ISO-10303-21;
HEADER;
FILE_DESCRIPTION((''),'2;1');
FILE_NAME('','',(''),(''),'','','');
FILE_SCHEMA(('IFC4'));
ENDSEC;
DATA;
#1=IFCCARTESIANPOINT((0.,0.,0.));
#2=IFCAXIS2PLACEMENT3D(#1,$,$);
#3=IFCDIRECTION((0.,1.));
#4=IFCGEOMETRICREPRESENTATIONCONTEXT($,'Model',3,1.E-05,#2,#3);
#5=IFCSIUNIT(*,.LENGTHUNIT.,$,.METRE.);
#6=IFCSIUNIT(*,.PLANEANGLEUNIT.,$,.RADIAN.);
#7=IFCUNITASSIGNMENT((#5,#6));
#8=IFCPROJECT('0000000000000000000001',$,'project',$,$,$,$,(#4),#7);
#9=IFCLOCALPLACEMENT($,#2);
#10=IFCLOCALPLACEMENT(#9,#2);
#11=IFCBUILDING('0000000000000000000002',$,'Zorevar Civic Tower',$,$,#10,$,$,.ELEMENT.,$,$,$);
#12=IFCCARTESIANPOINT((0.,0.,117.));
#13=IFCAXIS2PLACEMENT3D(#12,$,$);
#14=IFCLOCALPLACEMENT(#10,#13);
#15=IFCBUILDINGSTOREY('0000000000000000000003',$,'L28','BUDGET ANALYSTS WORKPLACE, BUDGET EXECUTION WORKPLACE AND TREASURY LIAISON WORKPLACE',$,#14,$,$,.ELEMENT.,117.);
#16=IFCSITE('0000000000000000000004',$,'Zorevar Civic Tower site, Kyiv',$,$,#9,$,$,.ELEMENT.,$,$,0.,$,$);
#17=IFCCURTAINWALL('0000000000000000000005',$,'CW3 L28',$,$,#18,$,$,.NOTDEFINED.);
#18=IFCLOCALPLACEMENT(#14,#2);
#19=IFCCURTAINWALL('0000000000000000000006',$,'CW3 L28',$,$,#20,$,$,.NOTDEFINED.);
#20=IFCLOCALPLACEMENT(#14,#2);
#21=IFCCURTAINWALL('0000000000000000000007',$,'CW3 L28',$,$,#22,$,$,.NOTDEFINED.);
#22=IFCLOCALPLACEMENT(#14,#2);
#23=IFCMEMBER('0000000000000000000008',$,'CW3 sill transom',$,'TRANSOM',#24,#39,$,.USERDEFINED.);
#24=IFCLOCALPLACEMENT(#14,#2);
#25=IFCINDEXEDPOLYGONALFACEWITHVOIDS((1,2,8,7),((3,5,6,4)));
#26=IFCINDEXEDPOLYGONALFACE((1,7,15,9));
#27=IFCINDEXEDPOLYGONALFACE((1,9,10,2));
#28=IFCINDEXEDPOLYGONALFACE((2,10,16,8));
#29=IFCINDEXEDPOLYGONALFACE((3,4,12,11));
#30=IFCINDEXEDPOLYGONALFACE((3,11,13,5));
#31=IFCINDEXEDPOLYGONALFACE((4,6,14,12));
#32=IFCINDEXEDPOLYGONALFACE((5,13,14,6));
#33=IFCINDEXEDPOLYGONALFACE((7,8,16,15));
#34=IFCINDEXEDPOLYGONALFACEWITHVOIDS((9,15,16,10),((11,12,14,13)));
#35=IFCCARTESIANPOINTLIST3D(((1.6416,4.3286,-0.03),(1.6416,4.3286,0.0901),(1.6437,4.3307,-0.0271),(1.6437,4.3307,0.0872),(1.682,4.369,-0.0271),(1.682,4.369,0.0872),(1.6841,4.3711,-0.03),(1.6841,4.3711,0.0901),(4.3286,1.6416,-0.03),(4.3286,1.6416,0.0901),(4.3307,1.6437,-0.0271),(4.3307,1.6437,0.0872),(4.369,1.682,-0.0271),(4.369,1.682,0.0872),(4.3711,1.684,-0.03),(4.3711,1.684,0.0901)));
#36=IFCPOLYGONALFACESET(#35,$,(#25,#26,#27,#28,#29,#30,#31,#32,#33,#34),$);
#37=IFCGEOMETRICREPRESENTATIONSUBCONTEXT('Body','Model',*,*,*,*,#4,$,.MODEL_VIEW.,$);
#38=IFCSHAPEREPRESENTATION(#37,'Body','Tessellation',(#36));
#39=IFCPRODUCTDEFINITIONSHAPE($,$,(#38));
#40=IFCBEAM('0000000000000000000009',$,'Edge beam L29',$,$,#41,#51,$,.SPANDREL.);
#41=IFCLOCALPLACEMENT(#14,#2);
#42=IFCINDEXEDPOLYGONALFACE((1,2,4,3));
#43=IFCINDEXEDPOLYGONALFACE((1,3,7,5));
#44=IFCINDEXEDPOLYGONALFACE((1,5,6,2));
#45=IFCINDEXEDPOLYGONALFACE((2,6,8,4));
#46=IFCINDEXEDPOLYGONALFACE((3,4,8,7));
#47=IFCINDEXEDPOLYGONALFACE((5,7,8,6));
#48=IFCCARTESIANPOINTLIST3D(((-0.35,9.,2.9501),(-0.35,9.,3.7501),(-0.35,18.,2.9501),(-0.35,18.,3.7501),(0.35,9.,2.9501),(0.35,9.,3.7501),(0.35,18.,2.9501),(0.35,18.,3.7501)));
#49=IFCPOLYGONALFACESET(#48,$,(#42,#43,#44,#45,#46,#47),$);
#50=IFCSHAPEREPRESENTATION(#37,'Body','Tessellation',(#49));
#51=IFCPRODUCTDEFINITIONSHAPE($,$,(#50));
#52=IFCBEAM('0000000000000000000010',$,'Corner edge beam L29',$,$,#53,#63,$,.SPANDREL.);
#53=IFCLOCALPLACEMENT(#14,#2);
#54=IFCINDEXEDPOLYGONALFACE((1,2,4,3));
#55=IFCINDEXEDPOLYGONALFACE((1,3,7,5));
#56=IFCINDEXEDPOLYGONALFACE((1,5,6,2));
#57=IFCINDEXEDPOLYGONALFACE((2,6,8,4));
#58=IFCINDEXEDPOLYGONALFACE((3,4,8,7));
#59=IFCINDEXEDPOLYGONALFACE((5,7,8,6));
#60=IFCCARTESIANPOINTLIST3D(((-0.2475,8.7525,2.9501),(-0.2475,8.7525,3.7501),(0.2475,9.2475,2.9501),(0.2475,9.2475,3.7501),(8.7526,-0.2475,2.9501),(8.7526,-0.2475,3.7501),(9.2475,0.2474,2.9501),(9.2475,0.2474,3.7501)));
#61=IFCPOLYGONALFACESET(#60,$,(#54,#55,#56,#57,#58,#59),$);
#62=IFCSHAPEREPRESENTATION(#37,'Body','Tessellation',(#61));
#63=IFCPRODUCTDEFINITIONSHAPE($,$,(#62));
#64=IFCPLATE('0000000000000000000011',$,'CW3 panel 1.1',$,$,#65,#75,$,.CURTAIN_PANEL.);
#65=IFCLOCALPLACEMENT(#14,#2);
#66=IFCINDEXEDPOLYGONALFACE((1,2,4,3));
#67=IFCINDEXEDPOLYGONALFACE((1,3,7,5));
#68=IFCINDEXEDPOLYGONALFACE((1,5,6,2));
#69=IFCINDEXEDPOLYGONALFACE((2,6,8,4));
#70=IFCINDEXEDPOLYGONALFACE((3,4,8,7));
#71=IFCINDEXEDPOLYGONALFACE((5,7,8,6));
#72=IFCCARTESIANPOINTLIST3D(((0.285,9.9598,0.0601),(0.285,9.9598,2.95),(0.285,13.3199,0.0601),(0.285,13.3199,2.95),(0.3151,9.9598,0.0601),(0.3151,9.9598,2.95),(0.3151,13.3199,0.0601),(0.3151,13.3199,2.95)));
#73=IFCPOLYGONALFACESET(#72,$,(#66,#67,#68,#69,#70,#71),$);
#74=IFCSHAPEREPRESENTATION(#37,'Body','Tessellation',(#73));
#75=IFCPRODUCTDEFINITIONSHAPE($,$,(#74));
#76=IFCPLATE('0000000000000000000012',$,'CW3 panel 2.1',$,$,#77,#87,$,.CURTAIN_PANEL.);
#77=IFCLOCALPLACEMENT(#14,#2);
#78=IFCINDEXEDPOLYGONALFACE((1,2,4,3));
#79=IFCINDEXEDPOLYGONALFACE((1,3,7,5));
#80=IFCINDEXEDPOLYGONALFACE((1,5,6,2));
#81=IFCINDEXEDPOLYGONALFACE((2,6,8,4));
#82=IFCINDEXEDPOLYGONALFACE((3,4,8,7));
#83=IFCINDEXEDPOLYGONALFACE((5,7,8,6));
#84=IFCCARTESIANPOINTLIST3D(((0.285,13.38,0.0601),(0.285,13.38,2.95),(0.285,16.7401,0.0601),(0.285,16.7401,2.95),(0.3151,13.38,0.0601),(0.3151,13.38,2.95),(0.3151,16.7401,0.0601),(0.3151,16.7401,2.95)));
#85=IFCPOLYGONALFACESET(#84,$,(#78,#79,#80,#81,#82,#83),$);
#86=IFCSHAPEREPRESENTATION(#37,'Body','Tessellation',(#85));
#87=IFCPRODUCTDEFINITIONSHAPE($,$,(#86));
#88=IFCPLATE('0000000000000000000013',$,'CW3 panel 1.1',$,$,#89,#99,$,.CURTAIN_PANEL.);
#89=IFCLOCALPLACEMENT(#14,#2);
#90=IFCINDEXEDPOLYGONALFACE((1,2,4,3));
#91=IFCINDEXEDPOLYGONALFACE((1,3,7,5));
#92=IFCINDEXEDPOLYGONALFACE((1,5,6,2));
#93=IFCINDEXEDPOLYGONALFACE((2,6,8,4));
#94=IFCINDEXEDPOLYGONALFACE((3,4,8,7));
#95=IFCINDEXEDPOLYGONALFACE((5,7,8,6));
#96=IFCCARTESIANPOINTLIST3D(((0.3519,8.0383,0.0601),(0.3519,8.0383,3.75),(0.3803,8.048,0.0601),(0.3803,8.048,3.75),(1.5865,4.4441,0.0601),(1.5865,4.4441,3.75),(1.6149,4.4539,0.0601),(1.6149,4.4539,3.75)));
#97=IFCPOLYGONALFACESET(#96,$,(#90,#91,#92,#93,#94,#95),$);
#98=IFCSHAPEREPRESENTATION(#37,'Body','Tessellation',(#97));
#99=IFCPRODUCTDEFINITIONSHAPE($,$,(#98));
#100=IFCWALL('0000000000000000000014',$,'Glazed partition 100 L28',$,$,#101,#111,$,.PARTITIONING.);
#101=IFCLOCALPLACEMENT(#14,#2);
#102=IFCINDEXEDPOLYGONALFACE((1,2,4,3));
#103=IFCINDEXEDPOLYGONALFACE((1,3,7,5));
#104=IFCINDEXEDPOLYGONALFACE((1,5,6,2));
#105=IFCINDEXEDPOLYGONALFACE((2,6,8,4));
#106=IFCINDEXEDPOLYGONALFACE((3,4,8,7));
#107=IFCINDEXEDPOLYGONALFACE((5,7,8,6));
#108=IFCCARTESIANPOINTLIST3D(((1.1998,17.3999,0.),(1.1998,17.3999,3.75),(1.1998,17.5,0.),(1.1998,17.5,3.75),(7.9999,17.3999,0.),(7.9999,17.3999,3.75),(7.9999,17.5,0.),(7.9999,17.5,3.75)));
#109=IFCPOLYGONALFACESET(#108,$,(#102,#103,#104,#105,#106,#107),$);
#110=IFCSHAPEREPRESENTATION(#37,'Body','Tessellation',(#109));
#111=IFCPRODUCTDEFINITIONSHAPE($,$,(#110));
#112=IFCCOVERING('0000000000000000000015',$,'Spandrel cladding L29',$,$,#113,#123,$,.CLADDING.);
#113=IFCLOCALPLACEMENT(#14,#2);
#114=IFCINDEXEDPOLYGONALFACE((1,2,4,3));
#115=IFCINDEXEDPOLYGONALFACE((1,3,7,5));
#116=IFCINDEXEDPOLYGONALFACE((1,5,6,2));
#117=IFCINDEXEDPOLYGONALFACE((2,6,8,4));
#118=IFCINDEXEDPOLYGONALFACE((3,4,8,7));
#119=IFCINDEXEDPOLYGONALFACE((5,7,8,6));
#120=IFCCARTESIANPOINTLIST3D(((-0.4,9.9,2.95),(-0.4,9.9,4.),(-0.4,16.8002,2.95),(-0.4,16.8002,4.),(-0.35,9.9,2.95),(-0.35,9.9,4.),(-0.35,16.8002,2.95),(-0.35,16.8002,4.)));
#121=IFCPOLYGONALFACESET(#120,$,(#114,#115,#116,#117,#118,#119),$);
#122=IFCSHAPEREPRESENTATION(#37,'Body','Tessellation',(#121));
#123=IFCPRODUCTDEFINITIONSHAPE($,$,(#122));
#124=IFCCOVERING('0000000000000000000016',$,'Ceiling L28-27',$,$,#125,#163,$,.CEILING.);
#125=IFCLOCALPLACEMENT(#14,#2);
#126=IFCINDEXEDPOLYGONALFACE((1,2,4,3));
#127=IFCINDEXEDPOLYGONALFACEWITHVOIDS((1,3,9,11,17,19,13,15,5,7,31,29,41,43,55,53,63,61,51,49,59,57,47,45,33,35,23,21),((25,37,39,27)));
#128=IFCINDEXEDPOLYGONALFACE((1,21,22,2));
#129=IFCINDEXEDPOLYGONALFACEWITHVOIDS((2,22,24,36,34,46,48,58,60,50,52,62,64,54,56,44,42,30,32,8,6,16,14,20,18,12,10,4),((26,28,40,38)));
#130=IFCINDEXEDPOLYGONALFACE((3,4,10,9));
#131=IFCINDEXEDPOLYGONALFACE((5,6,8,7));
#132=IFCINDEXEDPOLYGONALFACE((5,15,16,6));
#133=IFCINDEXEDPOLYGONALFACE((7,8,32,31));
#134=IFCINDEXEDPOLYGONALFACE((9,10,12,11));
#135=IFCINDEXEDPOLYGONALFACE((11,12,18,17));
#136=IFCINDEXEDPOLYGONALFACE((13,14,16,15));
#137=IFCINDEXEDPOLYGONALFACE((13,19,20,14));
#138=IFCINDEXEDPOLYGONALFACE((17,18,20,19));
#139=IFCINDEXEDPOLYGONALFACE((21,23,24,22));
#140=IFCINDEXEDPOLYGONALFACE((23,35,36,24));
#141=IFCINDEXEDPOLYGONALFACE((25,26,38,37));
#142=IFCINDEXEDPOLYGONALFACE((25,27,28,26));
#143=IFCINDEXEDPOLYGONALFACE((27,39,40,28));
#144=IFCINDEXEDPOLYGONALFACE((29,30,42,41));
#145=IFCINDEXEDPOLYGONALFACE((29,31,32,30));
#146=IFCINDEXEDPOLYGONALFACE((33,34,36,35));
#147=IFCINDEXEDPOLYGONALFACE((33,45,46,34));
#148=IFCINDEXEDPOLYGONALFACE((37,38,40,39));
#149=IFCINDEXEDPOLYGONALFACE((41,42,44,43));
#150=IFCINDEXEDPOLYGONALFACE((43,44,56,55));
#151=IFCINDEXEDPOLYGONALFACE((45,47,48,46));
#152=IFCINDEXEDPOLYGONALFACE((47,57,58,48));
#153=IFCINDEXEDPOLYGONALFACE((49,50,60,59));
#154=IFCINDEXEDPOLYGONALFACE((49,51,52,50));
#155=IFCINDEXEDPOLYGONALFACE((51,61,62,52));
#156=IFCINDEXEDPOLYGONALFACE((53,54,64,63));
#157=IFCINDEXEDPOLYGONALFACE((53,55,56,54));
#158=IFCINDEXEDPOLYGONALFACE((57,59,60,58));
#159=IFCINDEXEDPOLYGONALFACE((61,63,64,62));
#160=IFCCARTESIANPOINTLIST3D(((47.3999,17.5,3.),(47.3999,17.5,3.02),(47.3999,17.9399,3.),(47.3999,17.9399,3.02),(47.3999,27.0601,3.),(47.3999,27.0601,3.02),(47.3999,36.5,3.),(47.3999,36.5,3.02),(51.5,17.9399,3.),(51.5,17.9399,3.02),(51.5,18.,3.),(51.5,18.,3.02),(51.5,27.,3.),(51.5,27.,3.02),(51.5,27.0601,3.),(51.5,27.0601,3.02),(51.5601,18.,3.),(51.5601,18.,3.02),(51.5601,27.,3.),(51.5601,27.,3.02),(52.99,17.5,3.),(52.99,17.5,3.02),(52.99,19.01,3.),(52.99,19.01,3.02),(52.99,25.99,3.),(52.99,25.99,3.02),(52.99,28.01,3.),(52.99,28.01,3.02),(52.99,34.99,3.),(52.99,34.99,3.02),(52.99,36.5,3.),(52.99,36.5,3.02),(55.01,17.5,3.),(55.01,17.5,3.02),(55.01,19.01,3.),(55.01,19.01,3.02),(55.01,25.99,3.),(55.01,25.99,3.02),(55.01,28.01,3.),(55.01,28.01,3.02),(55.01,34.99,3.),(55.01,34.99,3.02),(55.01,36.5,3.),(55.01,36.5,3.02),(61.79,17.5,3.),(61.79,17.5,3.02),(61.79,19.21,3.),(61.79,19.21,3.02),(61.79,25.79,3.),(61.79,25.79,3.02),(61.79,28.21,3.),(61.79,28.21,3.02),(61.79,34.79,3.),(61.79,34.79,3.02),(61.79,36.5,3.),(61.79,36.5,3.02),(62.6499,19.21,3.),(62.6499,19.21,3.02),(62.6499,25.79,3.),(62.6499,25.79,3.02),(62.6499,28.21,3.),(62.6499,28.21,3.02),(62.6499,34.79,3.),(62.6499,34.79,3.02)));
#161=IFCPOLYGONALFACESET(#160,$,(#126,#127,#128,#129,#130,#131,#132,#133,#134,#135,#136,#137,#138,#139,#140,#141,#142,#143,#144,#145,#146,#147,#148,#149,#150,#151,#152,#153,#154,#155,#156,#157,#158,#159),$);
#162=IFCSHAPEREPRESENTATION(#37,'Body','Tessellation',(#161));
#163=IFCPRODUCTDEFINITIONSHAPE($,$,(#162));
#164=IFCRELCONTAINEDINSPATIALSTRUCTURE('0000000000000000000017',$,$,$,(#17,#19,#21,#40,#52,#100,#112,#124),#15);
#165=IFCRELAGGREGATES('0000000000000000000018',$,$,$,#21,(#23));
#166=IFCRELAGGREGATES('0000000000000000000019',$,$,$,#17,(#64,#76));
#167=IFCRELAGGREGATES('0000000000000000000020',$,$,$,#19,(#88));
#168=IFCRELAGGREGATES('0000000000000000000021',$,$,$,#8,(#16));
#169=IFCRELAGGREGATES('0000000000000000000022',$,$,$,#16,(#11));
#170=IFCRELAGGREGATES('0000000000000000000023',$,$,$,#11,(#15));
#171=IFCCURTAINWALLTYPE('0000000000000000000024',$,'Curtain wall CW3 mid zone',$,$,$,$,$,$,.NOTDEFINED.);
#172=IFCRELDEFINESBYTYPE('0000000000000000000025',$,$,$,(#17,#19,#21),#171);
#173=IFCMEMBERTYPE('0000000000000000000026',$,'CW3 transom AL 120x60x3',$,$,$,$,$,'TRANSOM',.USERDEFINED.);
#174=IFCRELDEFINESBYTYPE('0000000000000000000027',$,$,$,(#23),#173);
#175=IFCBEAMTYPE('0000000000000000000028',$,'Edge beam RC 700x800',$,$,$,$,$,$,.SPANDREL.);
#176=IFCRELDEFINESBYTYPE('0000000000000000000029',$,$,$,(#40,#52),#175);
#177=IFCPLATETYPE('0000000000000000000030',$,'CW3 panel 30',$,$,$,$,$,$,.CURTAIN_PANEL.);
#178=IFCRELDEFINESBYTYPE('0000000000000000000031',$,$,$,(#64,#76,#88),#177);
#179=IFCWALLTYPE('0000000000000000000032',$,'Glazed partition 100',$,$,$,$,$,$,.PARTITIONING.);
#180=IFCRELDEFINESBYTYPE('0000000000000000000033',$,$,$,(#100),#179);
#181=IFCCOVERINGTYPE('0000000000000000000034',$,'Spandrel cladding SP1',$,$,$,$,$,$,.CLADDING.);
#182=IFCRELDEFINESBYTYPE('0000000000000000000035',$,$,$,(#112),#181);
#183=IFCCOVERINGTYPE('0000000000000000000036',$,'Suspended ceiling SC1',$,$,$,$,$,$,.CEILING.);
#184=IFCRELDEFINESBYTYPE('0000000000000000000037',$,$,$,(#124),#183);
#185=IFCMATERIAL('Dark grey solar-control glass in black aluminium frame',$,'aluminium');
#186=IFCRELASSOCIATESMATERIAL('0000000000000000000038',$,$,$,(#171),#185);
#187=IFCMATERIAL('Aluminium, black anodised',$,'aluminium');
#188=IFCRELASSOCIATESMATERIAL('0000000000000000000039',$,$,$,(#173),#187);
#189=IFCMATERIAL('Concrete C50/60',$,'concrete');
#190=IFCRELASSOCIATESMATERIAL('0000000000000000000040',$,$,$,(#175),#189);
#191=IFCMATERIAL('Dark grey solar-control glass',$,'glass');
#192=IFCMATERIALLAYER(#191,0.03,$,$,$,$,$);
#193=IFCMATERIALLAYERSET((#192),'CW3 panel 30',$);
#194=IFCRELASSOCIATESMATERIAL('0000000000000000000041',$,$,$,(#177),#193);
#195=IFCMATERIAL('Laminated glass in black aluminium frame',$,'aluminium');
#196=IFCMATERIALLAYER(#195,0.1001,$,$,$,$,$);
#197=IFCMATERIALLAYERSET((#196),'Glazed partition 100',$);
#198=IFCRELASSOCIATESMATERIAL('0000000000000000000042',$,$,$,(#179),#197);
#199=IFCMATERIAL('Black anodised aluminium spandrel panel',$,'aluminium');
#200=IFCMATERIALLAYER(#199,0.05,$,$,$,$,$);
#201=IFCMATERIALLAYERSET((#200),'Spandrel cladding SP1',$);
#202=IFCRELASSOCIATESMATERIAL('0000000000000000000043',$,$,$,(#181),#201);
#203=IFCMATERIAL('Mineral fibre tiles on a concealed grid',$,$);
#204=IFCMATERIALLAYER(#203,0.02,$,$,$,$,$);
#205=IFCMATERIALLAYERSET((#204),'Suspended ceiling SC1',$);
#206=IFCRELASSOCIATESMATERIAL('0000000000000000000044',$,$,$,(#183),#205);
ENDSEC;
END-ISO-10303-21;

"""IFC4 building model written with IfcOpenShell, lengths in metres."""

from ifc_helpers import new_model, si_unit, direction, frame, frame_2d, origin, origin_2d, place, context, subcontext, project, spatial, polyline, rectangle, hollow_rectangle, outline, extrude, material, layer, layer_set, material_profile, profile_set, type_object, element, aggregate, save


model = new_model("IFC4")

# Units and contexts
model_context = context("Model", 3, precision=1e-05, world=origin(), true_north=direction((0.0, 1.0)))
body_context = subcontext(model_context, "Body", "Model", "MODEL_VIEW")
ifc_project = project(units=[si_unit("LENGTHUNIT", "METRE"), si_unit("PLANEANGLEUNIT", "RADIAN")], contexts=[model_context])

# Site, building, storey
site_placement = place(None, origin())
site = spatial("IfcSite", under=ifc_project, at=site_placement, Name="Zorevar Civic Tower site, Kyiv", CompositionType="ELEMENT", RefElevation=0.0)
building_placement = place(site_placement, origin())
building = spatial("IfcBuilding", under=site, at=building_placement, Name="Zorevar Civic Tower", CompositionType="ELEMENT")
storey_placement = place(building_placement, frame((0.0, 0.0, 117.0)))
storey = spatial("IfcBuildingStorey", under=building, at=storey_placement, Name="L28", Description="BUDGET ANALYSTS WORKPLACE, BUDGET EXECUTION WORKPLACE AND TREASURY LIAISON WORKPLACE", CompositionType="ELEMENT", Elevation=117.0)

# Curtain walls
ifc_material_1 = material(Name="Dark grey solar-control glass in black aluminium frame", Category="aluminium")
curtain_wall_type = type_object("IfcCurtainWallType", Name="Curtain wall CW3 mid zone", PredefinedType="NOTDEFINED", material=ifc_material_1)
curtain_wall_1_placement = place(storey_placement, origin())
curtain_wall_1 = element("IfcCurtainWall", 1, at=curtain_wall_1_placement, inside=storey, type_object=curtain_wall_type, Name="CW3 L28", PredefinedType="NOTDEFINED")
curtain_wall_2_placement = place(storey_placement, origin())
curtain_wall_2 = element("IfcCurtainWall", 2, at=curtain_wall_2_placement, inside=storey, type_object=curtain_wall_type, Name="CW3 L28", PredefinedType="NOTDEFINED")

# Curtain wall
curtain_wall_3_placement = place(storey_placement, origin())
curtain_wall_3 = element("IfcCurtainWall", 3, at=curtain_wall_3_placement, inside=storey, type_object=curtain_wall_type, Name="CW3 L28", PredefinedType="NOTDEFINED")

# Member
ifc_material_2 = material(Name="Aluminium, black anodised", Category="aluminium")
ifc_material_profile_1 = material_profile(ifc_material_2, hollow_rectangle(XDim=0.0601, YDim=0.1201, WallThickness=0.0029, at=origin_2d()), Name="AL 120x60x3")
ifc_profile_set_1 = profile_set([ifc_material_profile_1], Name="Aluminium, black anodised")
member_type_1 = type_object("IfcMemberType", Name="CW3 transom AL 120x60x3", ElementType="TRANSOM", PredefinedType="USERDEFINED", material=ifc_profile_set_1)
member_1_placement = place(storey_placement, frame((1.6628, 4.3499, 0.03), z_axis=(0.707107, -0.707107, 0.0), x_axis=(0.707107, 0.707107, 0.0)))
member_1 = element("IfcMember", 4, at=member_1_placement, type_object=member_type_1, Name="CW3 sill transom", ObjectType="TRANSOM", PredefinedType="USERDEFINED", context=body_context, shape_type="SweptSolid", body=[
    extrude(hollow_rectangle(XDim=0.0601, YDim=0.1201, WallThickness=0.0029, at=origin_2d()), origin(), (0.0, 0.0, 1.0), 3.8),
])
aggregate(curtain_wall_3, [member_1])

# Beams
ifc_material_3 = material(Name="Concrete C50/60", Category="concrete")
ifc_material_profile_2 = material_profile(ifc_material_3, rectangle(XDim=0.7, YDim=0.8, at=origin_2d()), Name="RC 700x800")
ifc_profile_set_2 = profile_set([ifc_material_profile_2], Name="Concrete C50/60")
beam_type_1 = type_object("IfcBeamType", Name="Edge beam RC 700x800", PredefinedType="SPANDREL", material=ifc_profile_set_2)
beam_1_placement = place(storey_placement, frame((0.0, 9.0, 3.3501), z_axis=(0.0, 1.0, 0.0), x_axis=(-1.0, 0.0, 0.0)))
element("IfcBeam", 5, at=beam_1_placement, inside=storey, type_object=beam_type_1, Name="Edge beam L29", PredefinedType="SPANDREL", context=body_context, shape_type="SweptSolid", body=[
    extrude(rectangle(XDim=0.7, YDim=0.8, at=origin_2d()), origin(), (0.0, 0.0, 1.0), 9.0),
])
beam_2_placement = place(storey_placement, frame((0.0, 9.0, 3.3501), z_axis=(0.707107, -0.707107, 0.0), x_axis=(0.707107, 0.707107, 0.0)))
element("IfcBeam", 6, at=beam_2_placement, inside=storey, type_object=beam_type_1, Name="Corner edge beam L29", PredefinedType="SPANDREL", context=body_context, shape_type="SweptSolid", body=[
    extrude(rectangle(XDim=0.7, YDim=0.8, at=origin_2d()), origin(), (0.0, 0.0, 1.0), 12.728),
])

# Plates
ifc_material_4 = material(Name="Dark grey solar-control glass", Category="glass")
ifc_layer_1 = layer(ifc_material_4, 0.03)
ifc_layer_set_1 = layer_set([ifc_layer_1], Name="CW3 panel 30")
plate_type = type_object("IfcPlateType", Name="CW3 panel 30", PredefinedType="CURTAIN_PANEL", material=ifc_layer_set_1)
plate_1_placement = place(storey_placement, frame((0.3, 11.6399, 0.0601), z_axis=(0.0, 0.0, 1.0), x_axis=(0.0, 1.0, 0.0)))
plate_1 = element("IfcPlate", 7, at=plate_1_placement, type_object=plate_type, Name="CW3 panel 1.1", PredefinedType="CURTAIN_PANEL", context=body_context, shape_type="SweptSolid", body=[
    extrude(rectangle(XDim=3.3601, YDim=0.03, at=origin_2d()), origin(), (0.0, 0.0, 1.0), 2.8899),
])
plate_2_placement = place(storey_placement, frame((0.3, 15.0601, 0.0601), z_axis=(0.0, 0.0, 1.0), x_axis=(0.0, 1.0, 0.0)))
plate_2 = element("IfcPlate", 8, at=plate_2_placement, type_object=plate_type, Name="CW3 panel 2.1", PredefinedType="CURTAIN_PANEL", context=body_context, shape_type="SweptSolid", body=[
    extrude(rectangle(XDim=3.3601, YDim=0.03, at=origin_2d()), origin(), (0.0, 0.0, 1.0), 2.8899),
])
aggregate(curtain_wall_1, [plate_1, plate_2])
plate_3_placement = place(storey_placement, frame((0.9834, 6.2461, 0.0601), z_axis=(0.0, 0.0, 1.0), x_axis=(0.324878, -0.945756, 0.0)))
plate_3 = element("IfcPlate", 9, at=plate_3_placement, type_object=plate_type, Name="CW3 panel 1.1", PredefinedType="CURTAIN_PANEL", context=body_context, shape_type="SweptSolid", body=[
    extrude(rectangle(XDim=3.8003, YDim=0.03, at=origin_2d()), origin(), (0.0, 0.0, 1.0), 3.6899),
])
aggregate(curtain_wall_2, [plate_3])

# Wall
ifc_material_5 = material(Name="Laminated glass in black aluminium frame", Category="aluminium")
ifc_layer_2 = layer(ifc_material_5, 0.1001)
ifc_layer_set_2 = layer_set([ifc_layer_2], Name="Glazed partition 100")
wall_type = type_object("IfcWallType", Name="Glazed partition 100", PredefinedType="PARTITIONING", material=ifc_layer_set_2)
wall_placement = place(storey_placement, frame((1.2, 17.45, 0.0), z_axis=(0.0, 0.0, 1.0), x_axis=(1.0, 0.0, 0.0)))
element("IfcWall", 10, at=wall_placement, inside=storey, type_object=wall_type, Name="Glazed partition 100 L28", PredefinedType="PARTITIONING", context=body_context, shape_type="SweptSolid", body=[
    extrude(rectangle(XDim=6.8, YDim=0.1001, at=frame_2d((3.3999, 0.0))), origin(), (0.0, 0.0, 1.0), 3.75),
])

# Coverings
ifc_material_6 = material(Name="Black anodised aluminium spandrel panel", Category="aluminium")
ifc_layer_3 = layer(ifc_material_6, 0.05)
ifc_layer_set_3 = layer_set([ifc_layer_3], Name="Spandrel cladding SP1")
covering_type_1 = type_object("IfcCoveringType", Name="Spandrel cladding SP1", PredefinedType="CLADDING", material=ifc_layer_set_3)
covering_1_placement = place(storey_placement, frame((-0.375, 9.8999, 2.95), z_axis=(0.0, 0.0, 1.0), x_axis=(0.0, 1.0, 0.0)))
element("IfcCovering", 11, at=covering_1_placement, inside=storey, type_object=covering_type_1, Name="Spandrel cladding L29", PredefinedType="CLADDING", context=body_context, shape_type="SweptSolid", body=[
    extrude(rectangle(XDim=6.9001, YDim=0.05, at=frame_2d((3.4502, 0.0))), origin(), (0.0, 0.0, 1.0), 1.05),
])
ifc_material_7 = material(Name="Mineral fibre tiles on a concealed grid")
ifc_layer_4 = layer(ifc_material_7, 0.02)
ifc_layer_set_4 = layer_set([ifc_layer_4], Name="Suspended ceiling SC1")
covering_type_2 = type_object("IfcCoveringType", Name="Suspended ceiling SC1", PredefinedType="CEILING", material=ifc_layer_set_4)
covering_2_placement = place(storey_placement, frame((0.0, 0.0, 3.0)))
element("IfcCovering", 12, at=covering_2_placement, inside=storey, type_object=covering_type_2, Name="Ceiling L28-27", PredefinedType="CEILING", context=body_context, shape_type="SweptSolid", body=[
    extrude(outline(polyline([(51.5, 27.0601), (47.3999, 27.0601), (47.3999, 36.5), (52.99, 36.5), (52.99, 34.99), (55.01, 34.99), (55.01, 36.5), (61.79, 36.5), (61.79, 34.79), (62.6499, 34.79), (62.6499, 28.21), (61.79, 28.21), (61.79, 25.79), (62.6499, 25.79), (62.6499, 19.21), (61.79, 19.21), (61.79, 17.5), (55.01, 17.5), (55.01, 19.01), (52.99, 19.01), (52.99, 17.5), (47.3999, 17.5), (47.3999, 17.9399), (51.5, 17.9399), (51.5, 18.0), (51.5601, 18.0), (51.5601, 27.0), (51.5, 27.0), (51.5, 27.0601)]), holes=[polyline([(55.01, 28.01), (52.99, 28.01), (52.99, 25.99), (55.01, 25.99), (55.01, 28.01)])]), origin(), (0.0, 0.0, 1.0), 0.02),
])

save(model, "model.ifc")
